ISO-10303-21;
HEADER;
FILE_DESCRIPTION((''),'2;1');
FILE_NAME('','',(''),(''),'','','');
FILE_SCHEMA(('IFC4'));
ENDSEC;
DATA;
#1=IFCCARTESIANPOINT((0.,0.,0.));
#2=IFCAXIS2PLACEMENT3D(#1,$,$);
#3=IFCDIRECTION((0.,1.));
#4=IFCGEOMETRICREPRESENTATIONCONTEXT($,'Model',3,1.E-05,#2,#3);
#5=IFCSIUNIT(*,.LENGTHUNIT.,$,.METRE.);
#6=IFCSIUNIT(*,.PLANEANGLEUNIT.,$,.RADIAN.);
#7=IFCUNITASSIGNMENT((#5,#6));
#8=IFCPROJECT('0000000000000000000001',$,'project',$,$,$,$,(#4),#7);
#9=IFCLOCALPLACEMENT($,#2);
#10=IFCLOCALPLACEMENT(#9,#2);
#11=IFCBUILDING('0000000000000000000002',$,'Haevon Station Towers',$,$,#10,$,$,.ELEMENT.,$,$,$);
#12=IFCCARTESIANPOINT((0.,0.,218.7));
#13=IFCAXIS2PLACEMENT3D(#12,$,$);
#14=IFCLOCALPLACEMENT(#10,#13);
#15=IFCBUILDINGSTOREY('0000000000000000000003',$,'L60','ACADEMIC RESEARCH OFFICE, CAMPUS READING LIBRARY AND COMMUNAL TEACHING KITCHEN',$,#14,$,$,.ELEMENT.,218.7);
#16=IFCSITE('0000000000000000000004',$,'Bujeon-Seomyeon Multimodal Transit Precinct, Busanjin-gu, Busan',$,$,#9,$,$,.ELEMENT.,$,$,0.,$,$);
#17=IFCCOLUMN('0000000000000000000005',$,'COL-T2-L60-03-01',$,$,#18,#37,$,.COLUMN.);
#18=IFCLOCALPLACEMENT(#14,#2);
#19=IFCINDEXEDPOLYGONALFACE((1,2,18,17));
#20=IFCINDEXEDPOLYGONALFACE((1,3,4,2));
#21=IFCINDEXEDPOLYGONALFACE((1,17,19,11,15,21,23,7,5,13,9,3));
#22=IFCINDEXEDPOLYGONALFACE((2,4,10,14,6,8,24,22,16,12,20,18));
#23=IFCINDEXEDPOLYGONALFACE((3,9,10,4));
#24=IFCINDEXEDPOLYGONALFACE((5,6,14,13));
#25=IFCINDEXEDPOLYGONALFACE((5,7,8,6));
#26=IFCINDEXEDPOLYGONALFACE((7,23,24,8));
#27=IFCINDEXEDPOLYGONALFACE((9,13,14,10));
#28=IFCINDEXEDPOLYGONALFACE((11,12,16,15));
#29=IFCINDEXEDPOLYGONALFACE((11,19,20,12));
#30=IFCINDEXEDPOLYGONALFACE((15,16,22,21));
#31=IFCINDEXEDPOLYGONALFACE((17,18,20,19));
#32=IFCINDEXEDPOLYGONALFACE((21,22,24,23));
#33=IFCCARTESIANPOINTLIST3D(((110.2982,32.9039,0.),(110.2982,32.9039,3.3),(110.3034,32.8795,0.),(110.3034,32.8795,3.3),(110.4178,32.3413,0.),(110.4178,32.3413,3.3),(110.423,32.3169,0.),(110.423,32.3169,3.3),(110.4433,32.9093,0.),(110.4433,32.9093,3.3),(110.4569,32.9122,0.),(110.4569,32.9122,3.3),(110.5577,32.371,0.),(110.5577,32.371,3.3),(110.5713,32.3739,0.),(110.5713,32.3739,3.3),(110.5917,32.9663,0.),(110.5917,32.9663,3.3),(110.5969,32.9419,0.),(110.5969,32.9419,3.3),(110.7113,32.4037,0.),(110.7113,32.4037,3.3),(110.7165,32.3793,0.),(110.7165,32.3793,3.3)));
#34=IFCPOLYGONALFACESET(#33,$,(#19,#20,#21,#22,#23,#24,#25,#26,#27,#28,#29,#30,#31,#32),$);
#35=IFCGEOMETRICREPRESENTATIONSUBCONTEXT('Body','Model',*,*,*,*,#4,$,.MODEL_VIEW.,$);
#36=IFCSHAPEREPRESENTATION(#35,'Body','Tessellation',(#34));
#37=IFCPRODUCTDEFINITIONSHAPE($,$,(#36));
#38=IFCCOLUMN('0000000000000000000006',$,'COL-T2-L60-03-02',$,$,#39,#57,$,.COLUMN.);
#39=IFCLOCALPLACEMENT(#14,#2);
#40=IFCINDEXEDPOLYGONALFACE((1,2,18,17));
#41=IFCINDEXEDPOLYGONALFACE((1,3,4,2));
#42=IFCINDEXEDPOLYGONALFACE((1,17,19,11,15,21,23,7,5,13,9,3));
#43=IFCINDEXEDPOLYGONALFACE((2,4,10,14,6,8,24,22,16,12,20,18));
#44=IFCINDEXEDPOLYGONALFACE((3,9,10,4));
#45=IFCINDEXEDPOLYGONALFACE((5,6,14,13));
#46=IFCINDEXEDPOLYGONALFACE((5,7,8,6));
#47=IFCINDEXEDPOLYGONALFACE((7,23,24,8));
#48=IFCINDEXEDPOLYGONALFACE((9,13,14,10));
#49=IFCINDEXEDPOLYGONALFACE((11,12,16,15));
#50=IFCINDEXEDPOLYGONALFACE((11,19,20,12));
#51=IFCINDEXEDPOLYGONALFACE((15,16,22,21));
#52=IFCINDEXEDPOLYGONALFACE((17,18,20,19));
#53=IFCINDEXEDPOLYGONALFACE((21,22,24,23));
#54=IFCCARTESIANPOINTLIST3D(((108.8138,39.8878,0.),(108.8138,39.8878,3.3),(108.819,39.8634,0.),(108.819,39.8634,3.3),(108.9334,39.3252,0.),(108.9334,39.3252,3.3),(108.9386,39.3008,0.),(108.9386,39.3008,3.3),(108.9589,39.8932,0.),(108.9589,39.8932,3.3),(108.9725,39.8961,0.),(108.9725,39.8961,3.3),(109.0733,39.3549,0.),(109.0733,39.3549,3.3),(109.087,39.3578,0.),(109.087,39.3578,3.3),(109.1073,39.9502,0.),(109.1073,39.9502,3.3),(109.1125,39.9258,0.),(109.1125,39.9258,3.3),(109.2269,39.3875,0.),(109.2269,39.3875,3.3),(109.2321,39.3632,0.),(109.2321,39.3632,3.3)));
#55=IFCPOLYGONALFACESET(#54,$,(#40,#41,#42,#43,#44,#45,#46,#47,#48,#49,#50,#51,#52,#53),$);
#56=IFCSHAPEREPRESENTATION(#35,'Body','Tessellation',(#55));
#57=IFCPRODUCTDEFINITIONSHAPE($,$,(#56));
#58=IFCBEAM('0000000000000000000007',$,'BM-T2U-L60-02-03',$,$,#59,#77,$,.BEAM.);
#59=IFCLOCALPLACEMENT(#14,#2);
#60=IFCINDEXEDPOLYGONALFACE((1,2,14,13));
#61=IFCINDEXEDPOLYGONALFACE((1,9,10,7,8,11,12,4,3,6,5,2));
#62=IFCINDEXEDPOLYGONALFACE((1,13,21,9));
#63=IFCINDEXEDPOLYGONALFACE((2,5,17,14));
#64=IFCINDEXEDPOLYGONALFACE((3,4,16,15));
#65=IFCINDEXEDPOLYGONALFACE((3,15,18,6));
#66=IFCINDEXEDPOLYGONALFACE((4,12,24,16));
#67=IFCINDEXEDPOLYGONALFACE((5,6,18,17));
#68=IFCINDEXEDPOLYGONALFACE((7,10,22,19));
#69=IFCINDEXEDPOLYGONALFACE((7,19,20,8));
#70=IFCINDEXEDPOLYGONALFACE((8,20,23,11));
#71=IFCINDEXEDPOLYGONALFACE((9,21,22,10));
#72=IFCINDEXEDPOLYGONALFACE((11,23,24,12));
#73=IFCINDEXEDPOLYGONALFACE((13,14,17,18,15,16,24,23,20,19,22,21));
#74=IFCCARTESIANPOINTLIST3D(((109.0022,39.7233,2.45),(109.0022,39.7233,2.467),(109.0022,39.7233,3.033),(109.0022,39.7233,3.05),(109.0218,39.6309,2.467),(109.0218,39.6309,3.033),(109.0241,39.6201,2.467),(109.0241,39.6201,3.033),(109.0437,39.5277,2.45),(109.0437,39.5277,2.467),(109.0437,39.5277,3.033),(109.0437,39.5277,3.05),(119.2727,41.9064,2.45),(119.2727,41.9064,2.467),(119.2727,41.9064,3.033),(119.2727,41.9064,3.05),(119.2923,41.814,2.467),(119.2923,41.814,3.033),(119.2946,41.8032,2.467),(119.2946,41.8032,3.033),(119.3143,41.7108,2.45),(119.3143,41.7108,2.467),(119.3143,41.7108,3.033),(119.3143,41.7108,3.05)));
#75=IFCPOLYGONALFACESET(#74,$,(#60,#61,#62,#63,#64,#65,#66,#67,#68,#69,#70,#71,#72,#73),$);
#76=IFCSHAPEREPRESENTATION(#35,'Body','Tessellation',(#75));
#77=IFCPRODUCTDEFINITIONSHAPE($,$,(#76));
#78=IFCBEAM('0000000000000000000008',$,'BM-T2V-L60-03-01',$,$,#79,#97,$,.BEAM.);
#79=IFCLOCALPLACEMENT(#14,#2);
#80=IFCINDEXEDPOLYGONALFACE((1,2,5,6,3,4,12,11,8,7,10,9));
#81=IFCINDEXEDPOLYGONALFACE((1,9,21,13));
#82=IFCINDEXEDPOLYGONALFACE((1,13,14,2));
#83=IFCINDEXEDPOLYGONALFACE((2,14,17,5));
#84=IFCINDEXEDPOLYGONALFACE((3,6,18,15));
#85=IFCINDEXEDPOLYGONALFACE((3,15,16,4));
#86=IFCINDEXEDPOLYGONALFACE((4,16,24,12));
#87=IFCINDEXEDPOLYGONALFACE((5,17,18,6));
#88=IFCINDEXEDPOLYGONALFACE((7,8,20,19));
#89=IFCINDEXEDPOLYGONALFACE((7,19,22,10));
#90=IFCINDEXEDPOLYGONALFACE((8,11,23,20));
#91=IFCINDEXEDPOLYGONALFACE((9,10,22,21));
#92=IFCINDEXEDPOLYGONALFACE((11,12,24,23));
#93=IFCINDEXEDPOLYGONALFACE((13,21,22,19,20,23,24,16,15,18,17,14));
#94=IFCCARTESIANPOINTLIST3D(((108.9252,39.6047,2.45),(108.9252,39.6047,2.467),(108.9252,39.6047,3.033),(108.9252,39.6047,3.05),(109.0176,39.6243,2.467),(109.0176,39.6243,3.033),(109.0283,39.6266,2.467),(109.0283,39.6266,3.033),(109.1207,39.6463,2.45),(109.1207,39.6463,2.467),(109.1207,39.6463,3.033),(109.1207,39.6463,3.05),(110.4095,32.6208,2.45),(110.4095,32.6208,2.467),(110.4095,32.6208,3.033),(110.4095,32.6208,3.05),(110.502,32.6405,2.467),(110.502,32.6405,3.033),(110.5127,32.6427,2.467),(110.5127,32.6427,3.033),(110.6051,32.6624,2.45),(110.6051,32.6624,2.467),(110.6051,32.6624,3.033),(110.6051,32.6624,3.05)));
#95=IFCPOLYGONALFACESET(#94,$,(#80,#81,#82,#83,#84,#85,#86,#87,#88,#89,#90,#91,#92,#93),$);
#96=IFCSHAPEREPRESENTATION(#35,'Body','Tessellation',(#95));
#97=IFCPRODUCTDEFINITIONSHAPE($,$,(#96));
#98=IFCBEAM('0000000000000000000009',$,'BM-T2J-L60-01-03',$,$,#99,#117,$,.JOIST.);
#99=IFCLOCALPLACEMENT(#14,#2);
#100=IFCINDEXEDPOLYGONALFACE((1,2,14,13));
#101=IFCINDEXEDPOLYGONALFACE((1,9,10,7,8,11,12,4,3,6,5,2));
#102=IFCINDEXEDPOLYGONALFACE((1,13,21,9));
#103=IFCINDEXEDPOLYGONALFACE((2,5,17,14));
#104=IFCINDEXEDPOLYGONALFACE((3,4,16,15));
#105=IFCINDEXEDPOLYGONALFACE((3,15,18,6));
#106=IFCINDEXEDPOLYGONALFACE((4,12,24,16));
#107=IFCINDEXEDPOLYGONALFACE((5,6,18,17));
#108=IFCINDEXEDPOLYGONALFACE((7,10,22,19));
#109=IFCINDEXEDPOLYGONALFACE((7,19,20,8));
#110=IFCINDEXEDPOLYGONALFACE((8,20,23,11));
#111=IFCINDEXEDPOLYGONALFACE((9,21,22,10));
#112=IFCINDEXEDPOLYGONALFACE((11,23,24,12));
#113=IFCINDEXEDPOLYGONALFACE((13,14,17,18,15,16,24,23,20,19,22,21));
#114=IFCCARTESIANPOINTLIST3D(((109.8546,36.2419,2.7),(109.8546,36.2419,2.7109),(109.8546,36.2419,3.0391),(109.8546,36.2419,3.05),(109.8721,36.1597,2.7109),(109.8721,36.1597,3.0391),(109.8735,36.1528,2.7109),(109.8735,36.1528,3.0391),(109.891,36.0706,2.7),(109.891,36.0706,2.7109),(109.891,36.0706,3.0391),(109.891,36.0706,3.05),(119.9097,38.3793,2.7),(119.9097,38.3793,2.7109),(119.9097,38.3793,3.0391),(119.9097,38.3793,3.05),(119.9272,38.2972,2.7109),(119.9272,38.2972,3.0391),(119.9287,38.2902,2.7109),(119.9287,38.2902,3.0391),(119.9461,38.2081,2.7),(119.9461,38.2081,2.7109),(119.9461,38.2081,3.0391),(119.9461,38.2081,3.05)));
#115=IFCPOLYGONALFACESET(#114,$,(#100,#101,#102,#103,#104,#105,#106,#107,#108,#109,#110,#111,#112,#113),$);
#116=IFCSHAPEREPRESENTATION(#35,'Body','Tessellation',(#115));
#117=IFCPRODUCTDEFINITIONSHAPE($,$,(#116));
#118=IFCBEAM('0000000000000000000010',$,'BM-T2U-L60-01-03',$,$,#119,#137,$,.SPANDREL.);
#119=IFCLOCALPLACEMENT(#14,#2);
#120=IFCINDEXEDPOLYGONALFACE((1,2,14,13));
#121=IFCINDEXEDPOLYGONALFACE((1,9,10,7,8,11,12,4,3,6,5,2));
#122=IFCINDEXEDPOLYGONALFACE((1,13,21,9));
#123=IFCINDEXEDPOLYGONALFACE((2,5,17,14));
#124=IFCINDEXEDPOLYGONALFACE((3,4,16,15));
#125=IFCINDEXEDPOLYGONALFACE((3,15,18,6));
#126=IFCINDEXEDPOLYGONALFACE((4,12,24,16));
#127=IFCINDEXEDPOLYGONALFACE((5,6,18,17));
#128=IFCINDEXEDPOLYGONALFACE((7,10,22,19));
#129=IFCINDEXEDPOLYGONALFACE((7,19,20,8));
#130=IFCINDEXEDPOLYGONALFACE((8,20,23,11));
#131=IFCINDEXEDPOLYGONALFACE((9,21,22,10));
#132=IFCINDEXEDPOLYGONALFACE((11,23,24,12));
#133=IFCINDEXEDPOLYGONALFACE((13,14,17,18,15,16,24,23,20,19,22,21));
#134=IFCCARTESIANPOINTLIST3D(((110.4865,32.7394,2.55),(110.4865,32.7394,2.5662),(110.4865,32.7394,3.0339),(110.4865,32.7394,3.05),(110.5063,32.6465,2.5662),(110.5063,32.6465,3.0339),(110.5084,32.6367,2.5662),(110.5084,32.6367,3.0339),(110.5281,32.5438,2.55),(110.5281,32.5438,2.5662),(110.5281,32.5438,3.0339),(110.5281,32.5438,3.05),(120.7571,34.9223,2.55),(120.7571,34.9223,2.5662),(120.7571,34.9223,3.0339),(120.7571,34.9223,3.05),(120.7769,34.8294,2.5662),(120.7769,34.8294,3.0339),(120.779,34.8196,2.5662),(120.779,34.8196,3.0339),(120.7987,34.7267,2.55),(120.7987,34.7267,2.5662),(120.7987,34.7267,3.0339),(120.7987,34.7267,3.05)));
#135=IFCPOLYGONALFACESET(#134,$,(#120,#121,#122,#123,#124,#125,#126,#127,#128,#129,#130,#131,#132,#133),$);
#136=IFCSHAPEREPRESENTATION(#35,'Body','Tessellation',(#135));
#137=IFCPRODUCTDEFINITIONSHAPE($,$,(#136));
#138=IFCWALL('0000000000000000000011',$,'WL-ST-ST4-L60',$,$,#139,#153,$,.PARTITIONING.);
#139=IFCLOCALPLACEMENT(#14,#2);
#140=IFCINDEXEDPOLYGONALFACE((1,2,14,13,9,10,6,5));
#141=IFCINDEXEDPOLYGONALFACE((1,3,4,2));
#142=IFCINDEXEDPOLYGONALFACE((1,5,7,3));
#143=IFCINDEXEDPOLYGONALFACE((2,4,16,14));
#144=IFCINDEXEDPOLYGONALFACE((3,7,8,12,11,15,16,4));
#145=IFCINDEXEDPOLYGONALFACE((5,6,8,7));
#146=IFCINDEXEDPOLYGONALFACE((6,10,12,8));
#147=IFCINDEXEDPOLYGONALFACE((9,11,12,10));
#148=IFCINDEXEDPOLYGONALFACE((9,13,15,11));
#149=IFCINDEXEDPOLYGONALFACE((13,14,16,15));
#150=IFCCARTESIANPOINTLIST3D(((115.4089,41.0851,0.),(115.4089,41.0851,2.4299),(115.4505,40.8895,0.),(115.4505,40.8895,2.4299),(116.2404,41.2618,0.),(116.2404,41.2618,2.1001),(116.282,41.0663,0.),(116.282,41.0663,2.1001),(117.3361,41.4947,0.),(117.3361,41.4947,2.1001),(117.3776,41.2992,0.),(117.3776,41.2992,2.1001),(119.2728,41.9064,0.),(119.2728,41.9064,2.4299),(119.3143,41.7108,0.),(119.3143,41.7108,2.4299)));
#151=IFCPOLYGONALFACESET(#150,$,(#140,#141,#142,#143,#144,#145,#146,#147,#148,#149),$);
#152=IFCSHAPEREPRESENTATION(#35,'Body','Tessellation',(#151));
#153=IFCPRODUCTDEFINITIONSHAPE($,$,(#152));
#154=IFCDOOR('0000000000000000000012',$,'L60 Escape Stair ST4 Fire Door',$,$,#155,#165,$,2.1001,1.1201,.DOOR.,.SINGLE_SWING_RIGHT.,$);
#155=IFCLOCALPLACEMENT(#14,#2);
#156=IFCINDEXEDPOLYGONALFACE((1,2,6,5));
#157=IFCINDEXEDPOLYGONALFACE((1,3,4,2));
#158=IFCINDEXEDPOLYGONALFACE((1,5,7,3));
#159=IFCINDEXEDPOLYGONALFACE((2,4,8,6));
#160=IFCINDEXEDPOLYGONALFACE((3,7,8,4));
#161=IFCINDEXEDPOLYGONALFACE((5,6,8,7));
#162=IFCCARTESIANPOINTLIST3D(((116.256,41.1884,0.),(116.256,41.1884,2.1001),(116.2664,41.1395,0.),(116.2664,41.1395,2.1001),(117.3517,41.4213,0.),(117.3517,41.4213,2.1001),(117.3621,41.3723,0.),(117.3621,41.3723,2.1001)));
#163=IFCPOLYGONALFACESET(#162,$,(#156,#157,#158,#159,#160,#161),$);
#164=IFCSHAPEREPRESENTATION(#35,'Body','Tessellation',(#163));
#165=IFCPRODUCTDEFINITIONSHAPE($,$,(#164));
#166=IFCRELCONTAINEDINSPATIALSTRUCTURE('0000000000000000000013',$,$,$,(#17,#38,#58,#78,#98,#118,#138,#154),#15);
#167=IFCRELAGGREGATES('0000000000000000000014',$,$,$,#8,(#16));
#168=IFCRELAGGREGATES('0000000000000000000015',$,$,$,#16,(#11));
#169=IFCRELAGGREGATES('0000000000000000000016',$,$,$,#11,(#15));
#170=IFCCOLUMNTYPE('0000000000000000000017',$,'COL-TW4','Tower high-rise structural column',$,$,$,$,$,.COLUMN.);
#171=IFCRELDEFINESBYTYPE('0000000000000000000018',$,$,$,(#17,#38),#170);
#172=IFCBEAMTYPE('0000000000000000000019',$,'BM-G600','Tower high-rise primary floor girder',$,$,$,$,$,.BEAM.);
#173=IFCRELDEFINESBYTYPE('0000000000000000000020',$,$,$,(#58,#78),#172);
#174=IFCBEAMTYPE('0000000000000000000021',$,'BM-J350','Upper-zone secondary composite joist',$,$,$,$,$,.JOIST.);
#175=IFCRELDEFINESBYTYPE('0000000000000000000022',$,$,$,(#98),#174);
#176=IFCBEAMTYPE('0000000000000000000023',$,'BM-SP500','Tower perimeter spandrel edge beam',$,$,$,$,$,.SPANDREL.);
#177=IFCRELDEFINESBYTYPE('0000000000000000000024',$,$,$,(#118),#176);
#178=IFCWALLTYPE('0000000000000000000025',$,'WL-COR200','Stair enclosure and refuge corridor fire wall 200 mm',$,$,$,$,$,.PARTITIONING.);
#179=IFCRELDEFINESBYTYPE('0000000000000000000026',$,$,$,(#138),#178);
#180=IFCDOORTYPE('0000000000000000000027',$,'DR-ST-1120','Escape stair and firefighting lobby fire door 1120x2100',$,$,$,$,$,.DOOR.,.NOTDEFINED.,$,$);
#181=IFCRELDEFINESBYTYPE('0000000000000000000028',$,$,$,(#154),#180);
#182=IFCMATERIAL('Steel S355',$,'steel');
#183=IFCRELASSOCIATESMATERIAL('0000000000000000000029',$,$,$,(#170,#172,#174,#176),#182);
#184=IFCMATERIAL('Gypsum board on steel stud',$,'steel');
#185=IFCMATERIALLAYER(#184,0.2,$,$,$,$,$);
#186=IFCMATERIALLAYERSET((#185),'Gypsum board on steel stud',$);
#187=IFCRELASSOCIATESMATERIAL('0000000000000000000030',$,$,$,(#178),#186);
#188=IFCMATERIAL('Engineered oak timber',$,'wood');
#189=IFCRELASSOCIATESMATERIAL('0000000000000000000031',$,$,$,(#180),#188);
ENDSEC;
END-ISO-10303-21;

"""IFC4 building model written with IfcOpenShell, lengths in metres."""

from ifc_helpers import new_model, si_unit, direction, frame, frame_2d, origin, origin_2d, place, context, subcontext, project, spatial, rectangle, i_section, extrude, material, layer, layer_set, material_profile, profile_set, type_object, element, fill, save


model = new_model("IFC4")

# Units and contexts
model_context = context("Model", 3, precision=1e-05, world=origin(), true_north=direction((0.0, 1.0)))
body_context = subcontext(model_context, "Body", "Model", "MODEL_VIEW")
ifc_project = project(units=[si_unit("LENGTHUNIT", "METRE"), si_unit("PLANEANGLEUNIT", "RADIAN")], contexts=[model_context])

# Site, building, storey
site_placement = place(None, origin())
site = spatial("IfcSite", under=ifc_project, at=site_placement, Name="Bujeon-Seomyeon Multimodal Transit Precinct, Busanjin-gu, Busan", CompositionType="ELEMENT", RefElevation=0.0)
building_placement = place(site_placement, origin())
building = spatial("IfcBuilding", under=site, at=building_placement, Name="Haevon Station Towers", CompositionType="ELEMENT")
storey_placement = place(building_placement, frame((0.0, 0.0, 218.7)))
storey = spatial("IfcBuildingStorey", under=building, at=storey_placement, Name="L60", Description="ACADEMIC RESEARCH OFFICE, CAMPUS READING LIBRARY AND COMMUNAL TEACHING KITCHEN", CompositionType="ELEMENT", Elevation=218.7)

# Columns
ifc_material_1 = material(Name="Steel S355", Category="steel")
ifc_material_profile_1 = material_profile(ifc_material_1, i_section(OverallWidth=0.3, OverallDepth=0.6001, WebThickness=0.0139, FlangeThickness=0.0249, at=origin_2d()), Name="H-600x300x14x25")
ifc_profile_set_1 = profile_set([ifc_material_profile_1], Name="Steel S355")
column_type = type_object("IfcColumnType", Name="COL-TW4", Description="Tower high-rise structural column", PredefinedType="COLUMN", material=ifc_profile_set_1)
for number, where, z_axis, x_axis, name in (
    (1, (110.5073, 32.6416, 0.0), (0.0, 0.0, 1.0), (0.978148, 0.207912, 0.0), "COL-T2-L60-03-01"),
    (2, (109.0229, 39.6255, 0.0), (0.0, 0.0, 1.0), (0.978148, 0.207912, 0.0), "COL-T2-L60-03-02"),
):
    element("IfcColumn", number, at=place(storey_placement, frame(where, z_axis=z_axis, x_axis=x_axis)), inside=storey, type_object=column_type, Name=name, PredefinedType="COLUMN", context=body_context, shape_type="SweptSolid", body=[
        extrude(i_section(OverallWidth=0.3, OverallDepth=0.6001, WebThickness=0.0139, FlangeThickness=0.0249, at=origin_2d()), origin(), (0.0, 0.0, 1.0), 3.3),
    ])

# Beams
ifc_material_profile_2 = material_profile(ifc_material_1, i_section(OverallWidth=0.2, OverallDepth=0.6001, WebThickness=0.011, FlangeThickness=0.0171, at=origin_2d()), Name="H-600x200x11x17")
ifc_profile_set_2 = profile_set([ifc_material_profile_2], Name="Steel S355")
beam_type_1 = type_object("IfcBeamType", Name="BM-G600", Description="Tower high-rise primary floor girder", PredefinedType="BEAM", material=ifc_profile_set_2)
beam_1_placement = place(storey_placement, frame((109.0229, 39.6255, 2.75), z_axis=(0.978147, 0.207915, 0.0), x_axis=(-0.207915, 0.978147, 0.0)))
element("IfcBeam", 3, at=beam_1_placement, inside=storey, type_object=beam_type_1, Name="BM-T2U-L60-02-03", PredefinedType="BEAM", context=body_context, shape_type="SweptSolid", body=[
    extrude(i_section(OverallWidth=0.2, OverallDepth=0.6001, WebThickness=0.011, FlangeThickness=0.0171, at=origin_2d()), origin(), (0.0, 0.0, 1.0), 10.5),
])
beam_2_placement = place(storey_placement, frame((110.5073, 32.6416, 2.75), z_axis=(-0.207899, 0.97815, 0.0), x_axis=(-0.97815, -0.207899, 0.0)))
element("IfcBeam", 4, at=beam_2_placement, inside=storey, type_object=beam_type_1, Name="BM-T2V-L60-03-01", PredefinedType="BEAM", context=body_context, shape_type="SweptSolid", body=[
    extrude(i_section(OverallWidth=0.2, OverallDepth=0.6001, WebThickness=0.011, FlangeThickness=0.0171, at=origin_2d()), origin(), (0.0, 0.0, 1.0), 7.1399),
])
ifc_material_profile_3 = material_profile(ifc_material_1, i_section(OverallWidth=0.175, OverallDepth=0.3501, WebThickness=0.0071, FlangeThickness=0.011, at=origin_2d()), Name="H-350x175x7x11")
ifc_profile_set_3 = profile_set([ifc_material_profile_3], Name="Steel S355")
beam_type_2 = type_object("IfcBeamType", Name="BM-J350", Description="Upper-zone secondary composite joist", PredefinedType="JOIST", material=ifc_profile_set_3)
beam_3_placement = place(storey_placement, frame((109.8728, 36.1562, 2.875), z_axis=(0.978144, 0.207926, 0.0), x_axis=(-0.207926, 0.978144, 0.0)))
element("IfcBeam", 5, at=beam_3_placement, inside=storey, type_object=beam_type_2, Name="BM-T2J-L60-01-03", PredefinedType="JOIST", context=body_context, shape_type="SweptSolid", body=[
    extrude(i_section(OverallWidth=0.175, OverallDepth=0.3501, WebThickness=0.0071, FlangeThickness=0.011, at=origin_2d()), origin(), (0.0, 0.0, 1.0), 10.2798),
])
ifc_material_profile_4 = material_profile(ifc_material_1, i_section(OverallWidth=0.2, OverallDepth=0.5, WebThickness=0.01, FlangeThickness=0.0161, at=origin_2d()), Name="H-500x200x10x16")
ifc_profile_set_4 = profile_set([ifc_material_profile_4], Name="Steel S355")
beam_type_3 = type_object("IfcBeamType", Name="BM-SP500", Description="Tower perimeter spandrel edge beam", PredefinedType="SPANDREL", material=ifc_profile_set_4)
beam_4_placement = place(storey_placement, frame((110.5073, 32.6416, 2.8), z_axis=(0.978152, 0.207893, 0.0), x_axis=(-0.207893, 0.978152, 0.0)))
element("IfcBeam", 6, at=beam_4_placement, inside=storey, type_object=beam_type_3, Name="BM-T2U-L60-01-03", PredefinedType="SPANDREL", context=body_context, shape_type="SweptSolid", body=[
    extrude(i_section(OverallWidth=0.2, OverallDepth=0.5, WebThickness=0.01, FlangeThickness=0.0161, at=origin_2d()), origin(), (0.0, 0.0, 1.0), 10.5),
])

# Wall, opening, door
ifc_material_2 = material(Name="Gypsum board on steel stud", Category="steel")
ifc_layer_1 = layer(ifc_material_2, 0.2)
ifc_layer_set_1 = layer_set([ifc_layer_1], Name="Gypsum board on steel stud")
wall_type_1 = type_object("IfcWallType", Name="WL-COR200", Description="Stair enclosure and refuge corridor fire wall 200 mm", PredefinedType="PARTITIONING", material=ifc_layer_set_1)
wall_1_placement = place(storey_placement, frame((115.4297, 40.9873, 0.0), z_axis=(0.0, 0.0, 1.0), x_axis=(0.978147, 0.207916, 0.0)))
wall_1 = element("IfcWall", 7, at=wall_1_placement, inside=storey, type_object=wall_type_1, Name="WL-ST-ST4-L60", PredefinedType="PARTITIONING", context=body_context, shape_type="SweptSolid", body=[
    extrude(rectangle(XDim=3.9502, YDim=0.2, at=frame_2d((1.9751, 0.0))), origin(), (0.0, 0.0, 1.0), 2.4299),
])
opening_1_placement = place(wall_1_placement, frame((0.8501, 0.0, 0.0)))
opening_1 = element("IfcOpeningElement", 8, at=opening_1_placement, cuts=wall_1, PredefinedType="OPENING", context=body_context, shape_type="SweptSolid", body=[
    extrude(rectangle(XDim=1.1201, YDim=2.1001, at=frame_2d((0.5601, 1.05))), frame((0.0, 0.1099, 0.0), z_axis=(0.0, -1.0, 0.0), x_axis=(1.0, 0.0, 0.0)), (0.0, 0.0, 1.0), 0.22),
])
ifc_material_3 = material(Name="Engineered oak timber", Category="wood")
door_type_1 = type_object("IfcDoorType", Name="DR-ST-1120", Description="Escape stair and firefighting lobby fire door 1120x2100", OperationType="NOTDEFINED", PredefinedType="DOOR", material=ifc_material_3)
door_1_placement = place(opening_1_placement, origin())
door_1 = element("IfcDoor", 9, at=door_1_placement, inside=storey, type_object=door_type_1, Name="L60 Escape Stair ST4 Fire Door", OperationType="SINGLE_SWING_RIGHT", OverallHeight=2.1001, OverallWidth=1.1201, PredefinedType="DOOR", context=body_context, shape_type="SweptSolid", body=[
    extrude(rectangle(XDim=1.1201, YDim=2.1001, at=frame_2d((0.5601, 1.05))), frame((0.0, 0.0249, 0.0), z_axis=(0.0, -1.0, 0.0), x_axis=(1.0, 0.0, 0.0)), (0.0, 0.0, 1.0), 0.05),
])
fill(opening_1, door_1)

save(model, "model.ifc")
